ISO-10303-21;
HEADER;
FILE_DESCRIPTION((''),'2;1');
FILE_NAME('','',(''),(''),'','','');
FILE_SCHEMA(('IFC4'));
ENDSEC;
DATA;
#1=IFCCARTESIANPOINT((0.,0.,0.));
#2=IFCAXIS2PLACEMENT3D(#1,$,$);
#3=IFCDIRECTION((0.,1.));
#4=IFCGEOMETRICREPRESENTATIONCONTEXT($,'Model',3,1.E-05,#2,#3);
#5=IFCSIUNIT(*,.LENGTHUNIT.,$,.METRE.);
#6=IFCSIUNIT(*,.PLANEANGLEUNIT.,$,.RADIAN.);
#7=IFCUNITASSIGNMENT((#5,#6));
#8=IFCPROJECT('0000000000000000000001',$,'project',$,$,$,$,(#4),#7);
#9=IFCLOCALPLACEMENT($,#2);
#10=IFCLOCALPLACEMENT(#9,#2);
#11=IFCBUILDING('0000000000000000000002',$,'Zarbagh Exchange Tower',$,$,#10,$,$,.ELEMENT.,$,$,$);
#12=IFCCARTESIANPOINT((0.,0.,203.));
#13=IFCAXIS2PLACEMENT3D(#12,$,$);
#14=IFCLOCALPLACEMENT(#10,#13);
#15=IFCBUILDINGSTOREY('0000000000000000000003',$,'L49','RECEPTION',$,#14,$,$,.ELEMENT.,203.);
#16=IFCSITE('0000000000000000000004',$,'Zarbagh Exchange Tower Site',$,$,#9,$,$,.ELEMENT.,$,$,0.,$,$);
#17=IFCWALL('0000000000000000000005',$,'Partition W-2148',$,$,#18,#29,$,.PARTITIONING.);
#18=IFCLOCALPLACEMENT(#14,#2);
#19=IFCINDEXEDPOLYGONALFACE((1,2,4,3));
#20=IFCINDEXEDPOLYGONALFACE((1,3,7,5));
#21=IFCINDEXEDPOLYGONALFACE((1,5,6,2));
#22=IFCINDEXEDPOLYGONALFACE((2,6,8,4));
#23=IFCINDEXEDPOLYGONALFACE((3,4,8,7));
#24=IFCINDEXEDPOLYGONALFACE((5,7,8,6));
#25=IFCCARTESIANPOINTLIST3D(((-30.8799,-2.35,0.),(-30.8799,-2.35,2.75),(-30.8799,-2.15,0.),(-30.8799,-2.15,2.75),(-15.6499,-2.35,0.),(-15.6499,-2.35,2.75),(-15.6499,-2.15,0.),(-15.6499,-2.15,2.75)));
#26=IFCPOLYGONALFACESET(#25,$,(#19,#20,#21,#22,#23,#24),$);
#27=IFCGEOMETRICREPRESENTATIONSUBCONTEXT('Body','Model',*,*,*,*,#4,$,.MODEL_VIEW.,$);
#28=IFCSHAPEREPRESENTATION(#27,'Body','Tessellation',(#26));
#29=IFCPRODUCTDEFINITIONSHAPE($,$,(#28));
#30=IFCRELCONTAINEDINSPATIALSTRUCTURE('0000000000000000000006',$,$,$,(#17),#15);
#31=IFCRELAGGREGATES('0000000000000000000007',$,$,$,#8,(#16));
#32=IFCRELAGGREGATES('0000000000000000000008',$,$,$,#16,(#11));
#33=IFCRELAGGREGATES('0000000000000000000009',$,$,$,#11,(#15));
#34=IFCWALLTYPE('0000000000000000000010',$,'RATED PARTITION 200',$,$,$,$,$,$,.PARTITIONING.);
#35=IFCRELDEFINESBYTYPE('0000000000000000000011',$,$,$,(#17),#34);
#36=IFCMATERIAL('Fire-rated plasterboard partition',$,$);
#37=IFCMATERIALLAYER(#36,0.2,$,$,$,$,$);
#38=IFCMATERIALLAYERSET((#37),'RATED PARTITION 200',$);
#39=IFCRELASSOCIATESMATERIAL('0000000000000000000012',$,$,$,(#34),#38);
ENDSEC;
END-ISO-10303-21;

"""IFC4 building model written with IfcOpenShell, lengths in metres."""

from ifc_helpers import new_model, si_unit, direction, frame, frame_2d, origin, place, context, subcontext, project, spatial, rectangle, extrude, material, layer, layer_set, type_object, element, save


model = new_model("IFC4")

# Units and contexts
model_context = context("Model", 3, precision=1e-05, world=origin(), true_north=direction((0.0, 1.0)))
body_context = subcontext(model_context, "Body", "Model", "MODEL_VIEW")
ifc_project = project(units=[si_unit("LENGTHUNIT", "METRE"), si_unit("PLANEANGLEUNIT", "RADIAN")], contexts=[model_context])

# Site, building, storey
site_placement = place(None, origin())
site = spatial("IfcSite", under=ifc_project, at=site_placement, Name="Zarbagh Exchange Tower Site", CompositionType="ELEMENT", RefElevation=0.0)
building_placement = place(site_placement, origin())
building = spatial("IfcBuilding", under=site, at=building_placement, Name="Zarbagh Exchange Tower", CompositionType="ELEMENT")
storey_placement = place(building_placement, frame((0.0, 0.0, 203.0)))
storey = spatial("IfcBuildingStorey", under=building, at=storey_placement, Name="L49", Description="RECEPTION", CompositionType="ELEMENT", Elevation=203.0)

# Shared definitions
ifc_material_1 = material(Name="Fire-rated plasterboard partition")
ifc_layer = layer(ifc_material_1, 0.2)
ifc_layer_set = layer_set([ifc_layer], Name="RATED PARTITION 200")
wall_type = type_object("IfcWallType", Name="RATED PARTITION 200", PredefinedType="PARTITIONING", material=ifc_layer_set)

# Wall
wall_1_placement = place(storey_placement, frame((-30.8799, -2.25, 0.0), z_axis=(0.0, 0.0, 1.0), x_axis=(1.0, 0.0, 0.0)))
element("IfcWall", 1, at=wall_1_placement, inside=storey, type_object=wall_type, Name="Partition W-2148", PredefinedType="PARTITIONING", context=body_context, shape_type="SweptSolid", body=[
    extrude(rectangle(XDim=15.23, YDim=0.2, at=frame_2d((7.615, 0.0))), origin(), (0.0, 0.0, 1.0), 2.75),
])

save(model, "model.ifc")
